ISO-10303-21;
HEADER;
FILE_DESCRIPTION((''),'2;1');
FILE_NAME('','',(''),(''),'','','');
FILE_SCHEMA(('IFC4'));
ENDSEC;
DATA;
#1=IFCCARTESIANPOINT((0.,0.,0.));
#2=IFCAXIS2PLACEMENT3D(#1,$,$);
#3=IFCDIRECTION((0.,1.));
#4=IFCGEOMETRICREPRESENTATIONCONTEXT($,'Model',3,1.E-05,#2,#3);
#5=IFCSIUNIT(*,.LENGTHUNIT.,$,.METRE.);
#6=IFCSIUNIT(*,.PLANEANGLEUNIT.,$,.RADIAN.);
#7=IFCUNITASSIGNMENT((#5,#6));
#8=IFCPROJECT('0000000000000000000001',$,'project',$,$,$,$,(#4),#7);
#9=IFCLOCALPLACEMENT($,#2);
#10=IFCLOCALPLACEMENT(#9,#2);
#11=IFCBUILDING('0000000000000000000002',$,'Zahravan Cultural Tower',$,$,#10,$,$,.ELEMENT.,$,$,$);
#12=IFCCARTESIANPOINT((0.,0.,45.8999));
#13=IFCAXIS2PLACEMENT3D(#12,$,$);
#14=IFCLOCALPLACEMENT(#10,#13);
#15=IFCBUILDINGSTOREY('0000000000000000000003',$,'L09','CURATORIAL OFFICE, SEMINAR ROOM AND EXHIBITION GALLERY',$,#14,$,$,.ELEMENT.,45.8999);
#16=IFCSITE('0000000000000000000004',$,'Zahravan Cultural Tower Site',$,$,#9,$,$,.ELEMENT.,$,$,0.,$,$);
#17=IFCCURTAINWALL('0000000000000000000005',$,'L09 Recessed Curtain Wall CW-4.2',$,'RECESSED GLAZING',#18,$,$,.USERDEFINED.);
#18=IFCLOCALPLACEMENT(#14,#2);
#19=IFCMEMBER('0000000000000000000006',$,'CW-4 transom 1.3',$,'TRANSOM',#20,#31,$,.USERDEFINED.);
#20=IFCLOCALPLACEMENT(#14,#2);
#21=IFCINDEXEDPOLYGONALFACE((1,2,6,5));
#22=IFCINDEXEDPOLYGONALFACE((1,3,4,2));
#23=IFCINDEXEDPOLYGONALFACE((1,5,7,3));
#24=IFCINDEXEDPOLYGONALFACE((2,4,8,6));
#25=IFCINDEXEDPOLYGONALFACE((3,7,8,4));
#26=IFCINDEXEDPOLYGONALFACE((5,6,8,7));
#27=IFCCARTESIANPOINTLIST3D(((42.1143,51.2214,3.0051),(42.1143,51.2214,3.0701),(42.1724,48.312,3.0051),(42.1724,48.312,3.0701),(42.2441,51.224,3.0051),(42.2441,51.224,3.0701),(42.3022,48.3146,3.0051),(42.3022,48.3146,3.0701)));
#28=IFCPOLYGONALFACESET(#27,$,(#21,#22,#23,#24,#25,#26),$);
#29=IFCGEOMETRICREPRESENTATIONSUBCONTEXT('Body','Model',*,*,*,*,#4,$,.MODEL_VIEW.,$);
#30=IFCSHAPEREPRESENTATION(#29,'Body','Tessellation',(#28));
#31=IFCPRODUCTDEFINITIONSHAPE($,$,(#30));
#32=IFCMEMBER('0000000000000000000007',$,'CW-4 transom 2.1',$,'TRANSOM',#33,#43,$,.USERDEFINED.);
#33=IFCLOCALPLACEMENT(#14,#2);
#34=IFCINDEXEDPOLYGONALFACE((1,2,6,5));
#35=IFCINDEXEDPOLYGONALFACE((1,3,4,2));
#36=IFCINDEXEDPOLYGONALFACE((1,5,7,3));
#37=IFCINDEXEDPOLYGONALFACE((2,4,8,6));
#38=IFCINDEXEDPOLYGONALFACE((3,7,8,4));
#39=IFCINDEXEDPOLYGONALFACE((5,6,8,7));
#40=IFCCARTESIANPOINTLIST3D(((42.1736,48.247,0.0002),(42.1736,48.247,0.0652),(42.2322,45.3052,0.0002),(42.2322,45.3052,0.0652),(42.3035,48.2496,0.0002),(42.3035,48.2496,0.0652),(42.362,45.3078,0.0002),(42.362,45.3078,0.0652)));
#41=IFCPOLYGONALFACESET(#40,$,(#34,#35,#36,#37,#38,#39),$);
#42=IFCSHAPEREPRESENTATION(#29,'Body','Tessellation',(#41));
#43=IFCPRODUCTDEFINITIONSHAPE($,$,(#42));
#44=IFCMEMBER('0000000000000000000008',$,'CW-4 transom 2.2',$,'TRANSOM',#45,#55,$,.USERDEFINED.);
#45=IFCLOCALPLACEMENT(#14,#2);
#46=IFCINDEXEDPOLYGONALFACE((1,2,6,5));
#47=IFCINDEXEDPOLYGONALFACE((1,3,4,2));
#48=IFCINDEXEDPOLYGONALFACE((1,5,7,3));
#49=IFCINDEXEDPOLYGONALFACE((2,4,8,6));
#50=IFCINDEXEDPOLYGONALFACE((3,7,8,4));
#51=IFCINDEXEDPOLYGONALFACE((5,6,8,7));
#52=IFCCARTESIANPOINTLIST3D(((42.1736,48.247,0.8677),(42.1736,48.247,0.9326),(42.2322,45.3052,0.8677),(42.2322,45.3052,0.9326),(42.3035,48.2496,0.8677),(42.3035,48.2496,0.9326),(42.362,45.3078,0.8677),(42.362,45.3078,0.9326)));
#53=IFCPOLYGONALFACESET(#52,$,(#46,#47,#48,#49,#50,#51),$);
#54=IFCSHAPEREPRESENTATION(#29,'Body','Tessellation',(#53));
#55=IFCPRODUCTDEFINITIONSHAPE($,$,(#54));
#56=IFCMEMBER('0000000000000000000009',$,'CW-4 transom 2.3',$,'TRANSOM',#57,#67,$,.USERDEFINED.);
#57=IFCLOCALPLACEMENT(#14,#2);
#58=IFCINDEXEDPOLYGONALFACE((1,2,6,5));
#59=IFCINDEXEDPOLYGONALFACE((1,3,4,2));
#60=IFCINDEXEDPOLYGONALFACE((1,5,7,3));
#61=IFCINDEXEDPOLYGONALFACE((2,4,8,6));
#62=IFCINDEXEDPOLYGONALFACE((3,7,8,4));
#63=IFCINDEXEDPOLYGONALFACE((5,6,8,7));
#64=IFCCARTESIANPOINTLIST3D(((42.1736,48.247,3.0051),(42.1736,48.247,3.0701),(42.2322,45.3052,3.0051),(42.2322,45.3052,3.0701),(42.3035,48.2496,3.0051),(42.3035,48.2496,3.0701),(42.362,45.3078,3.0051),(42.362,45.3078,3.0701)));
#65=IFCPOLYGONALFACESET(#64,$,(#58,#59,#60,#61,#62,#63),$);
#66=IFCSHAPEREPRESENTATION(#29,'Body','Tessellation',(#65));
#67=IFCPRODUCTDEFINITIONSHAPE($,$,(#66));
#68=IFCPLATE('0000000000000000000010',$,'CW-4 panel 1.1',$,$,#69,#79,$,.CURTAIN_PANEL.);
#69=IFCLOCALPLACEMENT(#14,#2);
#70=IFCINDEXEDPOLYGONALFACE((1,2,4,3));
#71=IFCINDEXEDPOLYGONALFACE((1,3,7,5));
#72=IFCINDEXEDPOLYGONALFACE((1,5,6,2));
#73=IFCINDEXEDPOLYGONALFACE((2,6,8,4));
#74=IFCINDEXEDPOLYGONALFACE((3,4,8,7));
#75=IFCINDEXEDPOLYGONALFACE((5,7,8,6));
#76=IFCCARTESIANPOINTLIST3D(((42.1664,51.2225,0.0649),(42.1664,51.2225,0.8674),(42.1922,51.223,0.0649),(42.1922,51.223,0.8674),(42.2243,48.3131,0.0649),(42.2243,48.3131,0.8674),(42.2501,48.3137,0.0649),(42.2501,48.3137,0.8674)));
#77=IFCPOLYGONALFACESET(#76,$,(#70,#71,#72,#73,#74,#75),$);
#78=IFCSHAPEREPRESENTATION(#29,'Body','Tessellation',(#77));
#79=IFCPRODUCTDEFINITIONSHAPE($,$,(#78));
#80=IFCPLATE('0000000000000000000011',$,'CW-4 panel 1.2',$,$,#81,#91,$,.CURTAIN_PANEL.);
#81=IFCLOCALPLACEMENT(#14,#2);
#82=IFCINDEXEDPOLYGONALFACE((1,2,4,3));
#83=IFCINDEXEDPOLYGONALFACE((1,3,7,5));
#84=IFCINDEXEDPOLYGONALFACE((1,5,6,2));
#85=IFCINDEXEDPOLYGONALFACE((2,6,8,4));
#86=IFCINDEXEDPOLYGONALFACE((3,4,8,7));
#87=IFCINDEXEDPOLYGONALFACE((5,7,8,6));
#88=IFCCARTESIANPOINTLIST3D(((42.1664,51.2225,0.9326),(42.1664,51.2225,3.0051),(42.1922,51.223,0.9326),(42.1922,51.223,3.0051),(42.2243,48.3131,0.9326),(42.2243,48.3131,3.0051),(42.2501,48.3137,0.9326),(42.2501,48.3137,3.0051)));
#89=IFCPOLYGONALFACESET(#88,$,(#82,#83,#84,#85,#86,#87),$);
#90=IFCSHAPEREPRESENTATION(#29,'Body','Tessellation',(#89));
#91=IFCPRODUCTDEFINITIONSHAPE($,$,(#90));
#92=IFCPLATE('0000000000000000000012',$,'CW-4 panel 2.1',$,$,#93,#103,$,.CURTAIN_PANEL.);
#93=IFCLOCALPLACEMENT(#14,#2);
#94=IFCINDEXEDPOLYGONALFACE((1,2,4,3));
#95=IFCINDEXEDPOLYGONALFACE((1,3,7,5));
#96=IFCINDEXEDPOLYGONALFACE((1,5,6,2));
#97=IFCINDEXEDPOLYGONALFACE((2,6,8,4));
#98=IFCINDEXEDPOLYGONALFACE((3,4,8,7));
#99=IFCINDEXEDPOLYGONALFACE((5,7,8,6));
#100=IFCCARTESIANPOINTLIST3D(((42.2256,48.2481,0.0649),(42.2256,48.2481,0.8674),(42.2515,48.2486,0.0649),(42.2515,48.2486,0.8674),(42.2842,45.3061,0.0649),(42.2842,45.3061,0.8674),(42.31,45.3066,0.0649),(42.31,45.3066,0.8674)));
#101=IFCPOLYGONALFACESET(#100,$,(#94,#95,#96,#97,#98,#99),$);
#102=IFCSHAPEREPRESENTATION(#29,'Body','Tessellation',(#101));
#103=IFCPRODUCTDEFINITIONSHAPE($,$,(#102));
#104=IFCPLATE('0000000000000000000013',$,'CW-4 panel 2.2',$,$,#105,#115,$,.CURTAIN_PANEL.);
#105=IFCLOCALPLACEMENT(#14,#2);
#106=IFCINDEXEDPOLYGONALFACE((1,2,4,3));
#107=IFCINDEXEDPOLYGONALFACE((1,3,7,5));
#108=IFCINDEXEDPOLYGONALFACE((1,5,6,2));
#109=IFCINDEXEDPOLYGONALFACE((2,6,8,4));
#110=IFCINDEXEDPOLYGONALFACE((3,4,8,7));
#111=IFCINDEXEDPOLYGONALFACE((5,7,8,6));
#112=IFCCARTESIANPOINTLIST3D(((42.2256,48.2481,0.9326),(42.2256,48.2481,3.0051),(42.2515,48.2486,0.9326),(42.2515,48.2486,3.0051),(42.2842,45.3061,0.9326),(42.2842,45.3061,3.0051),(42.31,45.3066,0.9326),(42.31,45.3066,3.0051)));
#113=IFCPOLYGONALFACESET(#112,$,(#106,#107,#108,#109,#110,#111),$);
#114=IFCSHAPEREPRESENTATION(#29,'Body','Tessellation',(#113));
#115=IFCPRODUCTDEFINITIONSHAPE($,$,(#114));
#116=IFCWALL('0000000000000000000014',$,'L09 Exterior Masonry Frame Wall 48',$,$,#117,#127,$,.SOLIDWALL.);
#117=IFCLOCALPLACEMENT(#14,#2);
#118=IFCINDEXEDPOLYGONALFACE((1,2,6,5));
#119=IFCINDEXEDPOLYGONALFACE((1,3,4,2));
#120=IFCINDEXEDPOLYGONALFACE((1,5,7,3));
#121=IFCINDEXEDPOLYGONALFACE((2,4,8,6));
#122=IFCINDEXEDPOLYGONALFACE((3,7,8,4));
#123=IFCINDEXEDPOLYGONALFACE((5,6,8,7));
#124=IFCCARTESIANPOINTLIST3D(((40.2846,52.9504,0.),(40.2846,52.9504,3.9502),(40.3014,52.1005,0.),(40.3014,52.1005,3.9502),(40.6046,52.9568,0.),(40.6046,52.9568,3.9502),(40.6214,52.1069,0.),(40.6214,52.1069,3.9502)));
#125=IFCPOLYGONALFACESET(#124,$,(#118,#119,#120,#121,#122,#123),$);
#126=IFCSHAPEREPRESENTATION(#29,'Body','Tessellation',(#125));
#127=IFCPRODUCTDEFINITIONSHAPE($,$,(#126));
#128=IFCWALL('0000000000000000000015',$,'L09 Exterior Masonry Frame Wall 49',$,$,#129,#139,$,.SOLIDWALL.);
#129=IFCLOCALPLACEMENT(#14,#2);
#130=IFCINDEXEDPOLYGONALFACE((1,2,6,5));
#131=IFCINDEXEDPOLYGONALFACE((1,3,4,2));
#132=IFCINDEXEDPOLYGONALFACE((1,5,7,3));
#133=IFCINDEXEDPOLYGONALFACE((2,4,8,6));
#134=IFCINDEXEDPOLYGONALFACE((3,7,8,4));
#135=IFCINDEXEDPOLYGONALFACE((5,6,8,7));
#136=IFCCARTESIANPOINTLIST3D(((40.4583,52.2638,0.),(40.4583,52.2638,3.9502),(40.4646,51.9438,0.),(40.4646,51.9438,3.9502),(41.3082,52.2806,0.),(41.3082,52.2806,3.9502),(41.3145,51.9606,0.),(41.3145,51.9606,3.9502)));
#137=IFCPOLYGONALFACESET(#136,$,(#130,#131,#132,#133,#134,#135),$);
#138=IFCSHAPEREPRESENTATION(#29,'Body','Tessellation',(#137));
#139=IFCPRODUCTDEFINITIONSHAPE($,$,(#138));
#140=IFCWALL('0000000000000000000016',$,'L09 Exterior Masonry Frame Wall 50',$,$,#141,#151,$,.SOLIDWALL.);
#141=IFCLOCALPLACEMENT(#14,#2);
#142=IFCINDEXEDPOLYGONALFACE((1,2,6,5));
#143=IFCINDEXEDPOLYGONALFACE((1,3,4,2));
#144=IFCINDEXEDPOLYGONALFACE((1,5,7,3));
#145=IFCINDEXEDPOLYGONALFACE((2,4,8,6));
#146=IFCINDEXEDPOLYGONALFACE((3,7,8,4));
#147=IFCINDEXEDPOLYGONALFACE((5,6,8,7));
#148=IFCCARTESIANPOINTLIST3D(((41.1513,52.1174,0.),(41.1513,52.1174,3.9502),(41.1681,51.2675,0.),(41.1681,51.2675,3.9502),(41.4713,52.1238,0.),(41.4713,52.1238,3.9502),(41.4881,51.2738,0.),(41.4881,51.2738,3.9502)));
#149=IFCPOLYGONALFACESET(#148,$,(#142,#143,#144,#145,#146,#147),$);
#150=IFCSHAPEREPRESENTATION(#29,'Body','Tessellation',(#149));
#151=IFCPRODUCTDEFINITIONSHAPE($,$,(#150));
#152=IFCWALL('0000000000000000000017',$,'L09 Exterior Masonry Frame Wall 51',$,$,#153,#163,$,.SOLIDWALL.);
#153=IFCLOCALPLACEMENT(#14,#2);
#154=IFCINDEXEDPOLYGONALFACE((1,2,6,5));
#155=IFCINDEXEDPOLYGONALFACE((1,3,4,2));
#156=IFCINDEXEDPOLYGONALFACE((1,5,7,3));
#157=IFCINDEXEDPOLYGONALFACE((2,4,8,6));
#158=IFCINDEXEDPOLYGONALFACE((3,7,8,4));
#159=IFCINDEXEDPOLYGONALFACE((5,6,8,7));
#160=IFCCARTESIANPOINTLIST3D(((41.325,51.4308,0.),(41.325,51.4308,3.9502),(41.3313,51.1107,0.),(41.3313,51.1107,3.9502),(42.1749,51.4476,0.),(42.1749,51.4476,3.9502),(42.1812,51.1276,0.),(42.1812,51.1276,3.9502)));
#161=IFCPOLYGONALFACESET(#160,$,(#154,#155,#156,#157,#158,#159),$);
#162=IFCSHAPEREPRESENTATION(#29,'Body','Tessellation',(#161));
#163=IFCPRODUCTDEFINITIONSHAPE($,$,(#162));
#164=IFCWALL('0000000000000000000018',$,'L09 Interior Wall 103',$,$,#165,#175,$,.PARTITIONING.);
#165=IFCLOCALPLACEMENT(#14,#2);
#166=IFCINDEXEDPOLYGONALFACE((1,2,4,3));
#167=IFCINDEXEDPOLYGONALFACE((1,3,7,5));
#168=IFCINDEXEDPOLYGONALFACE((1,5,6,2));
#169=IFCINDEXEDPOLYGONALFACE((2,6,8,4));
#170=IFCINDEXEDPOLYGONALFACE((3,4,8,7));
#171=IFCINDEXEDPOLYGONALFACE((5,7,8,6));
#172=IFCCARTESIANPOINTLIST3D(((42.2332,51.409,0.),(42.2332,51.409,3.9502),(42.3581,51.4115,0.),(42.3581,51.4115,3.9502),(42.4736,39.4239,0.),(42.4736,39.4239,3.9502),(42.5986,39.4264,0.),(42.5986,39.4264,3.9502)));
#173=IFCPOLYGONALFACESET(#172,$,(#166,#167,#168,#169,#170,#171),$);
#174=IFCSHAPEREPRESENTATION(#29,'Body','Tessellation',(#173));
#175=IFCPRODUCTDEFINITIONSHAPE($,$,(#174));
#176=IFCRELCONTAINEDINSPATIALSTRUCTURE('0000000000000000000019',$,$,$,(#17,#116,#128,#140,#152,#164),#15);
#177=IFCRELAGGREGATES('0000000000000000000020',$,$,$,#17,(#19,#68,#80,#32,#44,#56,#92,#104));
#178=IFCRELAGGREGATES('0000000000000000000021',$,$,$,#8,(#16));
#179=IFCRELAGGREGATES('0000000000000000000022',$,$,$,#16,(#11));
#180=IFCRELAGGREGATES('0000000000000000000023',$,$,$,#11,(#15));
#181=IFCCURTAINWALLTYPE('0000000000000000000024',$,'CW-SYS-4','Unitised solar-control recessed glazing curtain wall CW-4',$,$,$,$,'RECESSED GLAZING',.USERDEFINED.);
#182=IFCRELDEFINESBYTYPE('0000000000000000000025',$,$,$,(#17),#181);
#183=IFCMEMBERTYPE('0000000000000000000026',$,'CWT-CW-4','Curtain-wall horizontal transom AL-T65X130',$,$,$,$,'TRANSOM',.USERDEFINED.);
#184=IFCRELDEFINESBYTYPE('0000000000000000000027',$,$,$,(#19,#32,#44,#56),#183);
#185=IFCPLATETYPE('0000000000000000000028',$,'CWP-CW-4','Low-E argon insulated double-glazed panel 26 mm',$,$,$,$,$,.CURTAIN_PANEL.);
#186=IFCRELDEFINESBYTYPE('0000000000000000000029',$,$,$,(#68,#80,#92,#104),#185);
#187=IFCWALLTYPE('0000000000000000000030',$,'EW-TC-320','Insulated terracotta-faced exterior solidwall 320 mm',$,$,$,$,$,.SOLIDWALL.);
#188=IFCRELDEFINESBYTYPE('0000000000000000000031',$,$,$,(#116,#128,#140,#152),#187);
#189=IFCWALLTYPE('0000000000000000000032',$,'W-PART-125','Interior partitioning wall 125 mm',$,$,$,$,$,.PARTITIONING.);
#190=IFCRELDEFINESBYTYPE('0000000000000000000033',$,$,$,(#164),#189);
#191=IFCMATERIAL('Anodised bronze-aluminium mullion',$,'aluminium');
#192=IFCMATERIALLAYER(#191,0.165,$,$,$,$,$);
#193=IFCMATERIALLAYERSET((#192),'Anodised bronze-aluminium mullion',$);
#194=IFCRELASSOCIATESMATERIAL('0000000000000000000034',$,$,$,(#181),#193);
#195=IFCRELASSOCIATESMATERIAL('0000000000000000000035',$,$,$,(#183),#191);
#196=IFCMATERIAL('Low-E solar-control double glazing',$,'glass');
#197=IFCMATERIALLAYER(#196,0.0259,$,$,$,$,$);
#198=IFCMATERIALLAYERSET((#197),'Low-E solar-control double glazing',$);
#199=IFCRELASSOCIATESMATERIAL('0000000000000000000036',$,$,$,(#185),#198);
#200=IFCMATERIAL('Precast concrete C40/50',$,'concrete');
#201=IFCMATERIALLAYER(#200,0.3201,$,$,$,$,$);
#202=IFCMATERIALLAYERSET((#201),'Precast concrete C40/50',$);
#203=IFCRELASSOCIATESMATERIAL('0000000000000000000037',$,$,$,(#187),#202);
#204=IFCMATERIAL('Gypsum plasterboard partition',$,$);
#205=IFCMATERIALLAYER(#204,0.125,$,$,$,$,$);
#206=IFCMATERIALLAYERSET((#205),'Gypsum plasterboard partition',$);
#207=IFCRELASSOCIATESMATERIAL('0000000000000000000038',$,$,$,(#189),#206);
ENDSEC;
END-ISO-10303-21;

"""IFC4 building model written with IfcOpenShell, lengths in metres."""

from ifc_helpers import new_model, si_unit, direction, frame, frame_2d, origin, origin_2d, place, context, subcontext, project, spatial, rectangle, extrude, source, transform, mapped, material, layer, layer_set, material_profile, profile_set, type_object, element, aggregate, save


model = new_model("IFC4")

# Units and contexts
model_context = context("Model", 3, precision=1e-05, world=origin(), true_north=direction((0.0, 1.0)))
body_context = subcontext(model_context, "Body", "Model", "MODEL_VIEW")
ifc_project = project(units=[si_unit("LENGTHUNIT", "METRE"), si_unit("PLANEANGLEUNIT", "RADIAN")], contexts=[model_context])

# Site, building, storey
site_placement = place(None, origin())
site = spatial("IfcSite", under=ifc_project, at=site_placement, Name="Zahravan Cultural Tower Site", CompositionType="ELEMENT", RefElevation=0.0)
building_placement = place(site_placement, origin())
building = spatial("IfcBuilding", under=site, at=building_placement, Name="Zahravan Cultural Tower", CompositionType="ELEMENT")
storey_placement = place(building_placement, frame((0.0, 0.0, 45.8999)))
storey = spatial("IfcBuildingStorey", under=building, at=storey_placement, Name="L09", Description="CURATORIAL OFFICE, SEMINAR ROOM AND EXHIBITION GALLERY", CompositionType="ELEMENT", Elevation=45.8999)

# Curtain wall, members, plates
ifc_material_1 = material(Name="Anodised bronze-aluminium mullion", Category="aluminium")
ifc_layer_1 = layer(ifc_material_1, 0.165)
ifc_layer_set_1 = layer_set([ifc_layer_1], Name="Anodised bronze-aluminium mullion")
curtain_wall_type = type_object("IfcCurtainWallType", Name="CW-SYS-4", Description="Unitised solar-control recessed glazing curtain wall CW-4", ElementType="RECESSED GLAZING", PredefinedType="USERDEFINED", material=ifc_layer_set_1)
curtain_wall_placement = place(storey_placement, origin())
curtain_wall = element("IfcCurtainWall", 1, at=curtain_wall_placement, inside=storey, type_object=curtain_wall_type, Name="L09 Recessed Curtain Wall CW-4.2", ObjectType="RECESSED GLAZING", PredefinedType="USERDEFINED")
ifc_material_profile_1 = material_profile(ifc_material_1, rectangle(XDim=0.1299, YDim=0.0649, at=origin_2d()), Name="AL-T65X130")
ifc_profile_set_1 = profile_set([ifc_material_profile_1], Name="Anodised bronze-aluminium mullion")
member_type_1 = type_object("IfcMemberType", Name="CWT-CW-4", Description="Curtain-wall horizontal transom AL-T65X130", ElementType="TRANSOM", PredefinedType="USERDEFINED", material=ifc_profile_set_1)
shared_shape_1 = source(origin(), body_context, "Body", "SweptSolid", [
    extrude(rectangle(XDim=0.1299, YDim=0.0649, at=origin_2d()), origin(), (0.0, 0.0, 1.0), 2.9099),
])
member_1_placement = place(storey_placement, frame((42.1792, 51.2227, 3.0376), z_axis=(0.019967, -0.999801, 0.0), x_axis=(0.999801, 0.019967, 0.0)))
member_1 = element("IfcMember", 2, at=member_1_placement, type_object=member_type_1, Name="CW-4 transom 1.3", ObjectType="TRANSOM", PredefinedType="USERDEFINED", context=body_context, shape_type="MappedRepresentation", body=[
    mapped(shared_shape_1, transform((0.0, 0.0, 0.0), x_axis=(1.0, 0.0, 0.0), y_axis=(0.0, 1.0, 0.0), z_axis=(0.0, 0.0, 1.0), scale=1.0)),
])
shared_shape_2 = source(origin(), body_context, "Body", "SweptSolid", [
    extrude(rectangle(XDim=0.1299, YDim=0.0649, at=origin_2d()), origin(), (0.0, 0.0, 1.0), 2.9424),
])
member_2_placement = place(storey_placement, frame((42.2385, 48.2483, 0.0327), z_axis=(0.019913, -0.999802, 0.0), x_axis=(0.999802, 0.019913, 0.0)))
member_2 = element("IfcMember", 3, at=member_2_placement, type_object=member_type_1, Name="CW-4 transom 2.1", ObjectType="TRANSOM", PredefinedType="USERDEFINED", context=body_context, shape_type="MappedRepresentation", body=[
    mapped(shared_shape_2, transform((0.0, 0.0, 0.0), x_axis=(1.0, 0.0, 0.0), y_axis=(0.0, 1.0, 0.0), z_axis=(0.0, 0.0, 1.0), scale=1.0)),
])
member_3_placement = place(storey_placement, frame((42.2385, 48.2483, 0.9001), z_axis=(0.019913, -0.999802, 0.0), x_axis=(0.999802, 0.019913, 0.0)))
member_3 = element("IfcMember", 4, at=member_3_placement, type_object=member_type_1, Name="CW-4 transom 2.2", ObjectType="TRANSOM", PredefinedType="USERDEFINED", context=body_context, shape_type="MappedRepresentation", body=[
    mapped(shared_shape_2, transform((0.0, 0.0, 0.0), x_axis=(1.0, 0.0, 0.0), y_axis=(0.0, 1.0, 0.0), z_axis=(0.0, 0.0, 1.0), scale=1.0)),
])
member_4_placement = place(storey_placement, frame((42.2385, 48.2483, 3.0376), z_axis=(0.019913, -0.999802, 0.0), x_axis=(0.999802, 0.019913, 0.0)))
member_4 = element("IfcMember", 5, at=member_4_placement, type_object=member_type_1, Name="CW-4 transom 2.3", ObjectType="TRANSOM", PredefinedType="USERDEFINED", context=body_context, shape_type="MappedRepresentation", body=[
    mapped(shared_shape_2, transform((0.0, 0.0, 0.0), x_axis=(1.0, 0.0, 0.0), y_axis=(0.0, 1.0, 0.0), z_axis=(0.0, 0.0, 1.0), scale=1.0)),
])
ifc_material_2 = material(Name="Low-E solar-control double glazing", Category="glass")
ifc_layer_2 = layer(ifc_material_2, 0.0259)
ifc_layer_set_2 = layer_set([ifc_layer_2], Name="Low-E solar-control double glazing")
plate_type = type_object("IfcPlateType", Name="CWP-CW-4", Description="Low-E argon insulated double-glazed panel 26 mm", PredefinedType="CURTAIN_PANEL", material=ifc_layer_set_2)
shared_shape_3 = source(origin(), body_context, "Body", "SweptSolid", [
    extrude(rectangle(XDim=2.9099, YDim=0.0259, at=origin_2d()), origin(), (0.0, 0.0, 1.0), 0.8025),
])
plate_1_placement = place(storey_placement, frame((42.2083, 49.7681, 0.0649), z_axis=(0.0, 0.0, 1.0), x_axis=(0.0199, -0.999802, 0.0)))
plate_1 = element("IfcPlate", 6, at=plate_1_placement, type_object=plate_type, Name="CW-4 panel 1.1", PredefinedType="CURTAIN_PANEL", context=body_context, shape_type="MappedRepresentation", body=[
    mapped(shared_shape_3, transform((0.0, 0.0, 0.0), x_axis=(1.0, 0.0, 0.0), y_axis=(0.0, 1.0, 0.0), z_axis=(0.0, 0.0, 1.0), scale=1.0)),
])
shared_shape_4 = source(origin(), body_context, "Body", "SweptSolid", [
    extrude(rectangle(XDim=2.9099, YDim=0.0259, at=origin_2d()), origin(), (0.0, 0.0, 1.0), 2.0725),
])
plate_2_placement = place(storey_placement, frame((42.2083, 49.7681, 0.9326), z_axis=(0.0, 0.0, 1.0), x_axis=(0.0199, -0.999802, 0.0)))
plate_2 = element("IfcPlate", 7, at=plate_2_placement, type_object=plate_type, Name="CW-4 panel 1.2", PredefinedType="CURTAIN_PANEL", context=body_context, shape_type="MappedRepresentation", body=[
    mapped(shared_shape_4, transform((0.0, 0.0, 0.0), x_axis=(1.0, 0.0, 0.0), y_axis=(0.0, 1.0, 0.0), z_axis=(0.0, 0.0, 1.0), scale=1.0)),
])
shared_shape_5 = source(origin(), body_context, "Body", "SweptSolid", [
    extrude(rectangle(XDim=2.9426, YDim=0.0259, at=origin_2d()), origin(), (0.0, 0.0, 1.0), 0.8025),
])
plate_3_placement = place(storey_placement, frame((42.2678, 46.7773, 0.0649), z_axis=(0.0, 0.0, 1.0), x_axis=(0.0199, -0.999802, 0.0)))
plate_3 = element("IfcPlate", 8, at=plate_3_placement, type_object=plate_type, Name="CW-4 panel 2.1", PredefinedType="CURTAIN_PANEL", context=body_context, shape_type="MappedRepresentation", body=[
    mapped(shared_shape_5, transform((0.0, 0.0, 0.0), x_axis=(1.0, 0.0, 0.0), y_axis=(0.0, 1.0, 0.0), z_axis=(0.0, 0.0, 1.0), scale=1.0)),
])
shared_shape_6 = source(origin(), body_context, "Body", "SweptSolid", [
    extrude(rectangle(XDim=2.9426, YDim=0.0259, at=origin_2d()), origin(), (0.0, 0.0, 1.0), 2.0725),
])
plate_4_placement = place(storey_placement, frame((42.2678, 46.7773, 0.9326), z_axis=(0.0, 0.0, 1.0), x_axis=(0.0199, -0.999802, 0.0)))
plate_4 = element("IfcPlate", 9, at=plate_4_placement, type_object=plate_type, Name="CW-4 panel 2.2", PredefinedType="CURTAIN_PANEL", context=body_context, shape_type="MappedRepresentation", body=[
    mapped(shared_shape_6, transform((0.0, 0.0, 0.0), x_axis=(1.0, 0.0, 0.0), y_axis=(0.0, 1.0, 0.0), z_axis=(0.0, 0.0, 1.0), scale=1.0)),
])
aggregate(curtain_wall, [member_1, plate_1, plate_2, member_2, member_3, member_4, plate_3, plate_4])

# Walls
ifc_material_3 = material(Name="Precast concrete C40/50", Category="concrete")
ifc_layer_3 = layer(ifc_material_3, 0.3201)
ifc_layer_set_3 = layer_set([ifc_layer_3], Name="Precast concrete C40/50")
wall_type_1 = type_object("IfcWallType", Name="EW-TC-320", Description="Insulated terracotta-faced exterior solidwall 320 mm", PredefinedType="SOLIDWALL", material=ifc_layer_set_3)
shared_shape_7 = source(origin(), body_context, "Body", "SweptSolid", [
    extrude(rectangle(XDim=0.8501, YDim=0.3201, at=frame_2d((0.425, 0.0))), origin(), (0.0, 0.0, 1.0), 3.9502),
])
for number, where, z_axis, x_axis, name in (
    (10, (40.4446, 52.9536, 0.0), (0.0, 0.0, 1.0), (0.019818, -0.999804, 0.0), "L09 Exterior Masonry Frame Wall 48"),
    (11, (40.4614, 52.1038, 0.0), (0.0, 0.0, 1.0), (0.999804, 0.019818, 0.0), "L09 Exterior Masonry Frame Wall 49"),
    (12, (41.3113, 52.1206, 0.0), (0.0, 0.0, 1.0), (0.019818, -0.999804, 0.0), "L09 Exterior Masonry Frame Wall 50"),
    (13, (41.3281, 51.2708, 0.0), (0.0, 0.0, 1.0), (0.999804, 0.019818, 0.0), "L09 Exterior Masonry Frame Wall 51"),
):
    element("IfcWall", number, at=place(storey_placement, frame(where, z_axis=z_axis, x_axis=x_axis)), inside=storey, type_object=wall_type_1, Name=name, PredefinedType="SOLIDWALL", context=body_context, shape_type="MappedRepresentation", body=[
        mapped(shared_shape_7, transform((0.0, 0.0, 0.0), x_axis=(1.0, 0.0, 0.0), y_axis=(0.0, 1.0, 0.0), z_axis=(0.0, 0.0, 1.0), scale=1.0)),
    ])
ifc_material_4 = material(Name="Gypsum plasterboard partition")
ifc_layer_4 = layer(ifc_material_4, 0.125)
ifc_layer_set_4 = layer_set([ifc_layer_4], Name="Gypsum plasterboard partition")
wall_type_2 = type_object("IfcWallType", Name="W-PART-125", Description="Interior partitioning wall 125 mm", PredefinedType="PARTITIONING", material=ifc_layer_set_4)
shared_shape_8 = source(origin(), body_context, "Body", "SweptSolid", [
    extrude(rectangle(XDim=11.9875, YDim=0.125, at=frame_2d((5.9937, 0.0))), origin(), (0.0, 0.0, 1.0), 3.9502),
])
wall_placement = place(storey_placement, frame((42.2957, 51.4102, 0.0), z_axis=(0.0, 0.0, 1.0), x_axis=(0.020061, -0.999799, 0.0)))
element("IfcWall", 14, at=wall_placement, inside=storey, type_object=wall_type_2, Name="L09 Interior Wall 103", PredefinedType="PARTITIONING", context=body_context, shape_type="MappedRepresentation", body=[
    mapped(shared_shape_8, transform((0.0, 0.0, 0.0), x_axis=(1.0, 0.0, 0.0), y_axis=(0.0, 1.0, 0.0), z_axis=(0.0, 0.0, 1.0), scale=1.0)),
])

save(model, "model.ifc")
